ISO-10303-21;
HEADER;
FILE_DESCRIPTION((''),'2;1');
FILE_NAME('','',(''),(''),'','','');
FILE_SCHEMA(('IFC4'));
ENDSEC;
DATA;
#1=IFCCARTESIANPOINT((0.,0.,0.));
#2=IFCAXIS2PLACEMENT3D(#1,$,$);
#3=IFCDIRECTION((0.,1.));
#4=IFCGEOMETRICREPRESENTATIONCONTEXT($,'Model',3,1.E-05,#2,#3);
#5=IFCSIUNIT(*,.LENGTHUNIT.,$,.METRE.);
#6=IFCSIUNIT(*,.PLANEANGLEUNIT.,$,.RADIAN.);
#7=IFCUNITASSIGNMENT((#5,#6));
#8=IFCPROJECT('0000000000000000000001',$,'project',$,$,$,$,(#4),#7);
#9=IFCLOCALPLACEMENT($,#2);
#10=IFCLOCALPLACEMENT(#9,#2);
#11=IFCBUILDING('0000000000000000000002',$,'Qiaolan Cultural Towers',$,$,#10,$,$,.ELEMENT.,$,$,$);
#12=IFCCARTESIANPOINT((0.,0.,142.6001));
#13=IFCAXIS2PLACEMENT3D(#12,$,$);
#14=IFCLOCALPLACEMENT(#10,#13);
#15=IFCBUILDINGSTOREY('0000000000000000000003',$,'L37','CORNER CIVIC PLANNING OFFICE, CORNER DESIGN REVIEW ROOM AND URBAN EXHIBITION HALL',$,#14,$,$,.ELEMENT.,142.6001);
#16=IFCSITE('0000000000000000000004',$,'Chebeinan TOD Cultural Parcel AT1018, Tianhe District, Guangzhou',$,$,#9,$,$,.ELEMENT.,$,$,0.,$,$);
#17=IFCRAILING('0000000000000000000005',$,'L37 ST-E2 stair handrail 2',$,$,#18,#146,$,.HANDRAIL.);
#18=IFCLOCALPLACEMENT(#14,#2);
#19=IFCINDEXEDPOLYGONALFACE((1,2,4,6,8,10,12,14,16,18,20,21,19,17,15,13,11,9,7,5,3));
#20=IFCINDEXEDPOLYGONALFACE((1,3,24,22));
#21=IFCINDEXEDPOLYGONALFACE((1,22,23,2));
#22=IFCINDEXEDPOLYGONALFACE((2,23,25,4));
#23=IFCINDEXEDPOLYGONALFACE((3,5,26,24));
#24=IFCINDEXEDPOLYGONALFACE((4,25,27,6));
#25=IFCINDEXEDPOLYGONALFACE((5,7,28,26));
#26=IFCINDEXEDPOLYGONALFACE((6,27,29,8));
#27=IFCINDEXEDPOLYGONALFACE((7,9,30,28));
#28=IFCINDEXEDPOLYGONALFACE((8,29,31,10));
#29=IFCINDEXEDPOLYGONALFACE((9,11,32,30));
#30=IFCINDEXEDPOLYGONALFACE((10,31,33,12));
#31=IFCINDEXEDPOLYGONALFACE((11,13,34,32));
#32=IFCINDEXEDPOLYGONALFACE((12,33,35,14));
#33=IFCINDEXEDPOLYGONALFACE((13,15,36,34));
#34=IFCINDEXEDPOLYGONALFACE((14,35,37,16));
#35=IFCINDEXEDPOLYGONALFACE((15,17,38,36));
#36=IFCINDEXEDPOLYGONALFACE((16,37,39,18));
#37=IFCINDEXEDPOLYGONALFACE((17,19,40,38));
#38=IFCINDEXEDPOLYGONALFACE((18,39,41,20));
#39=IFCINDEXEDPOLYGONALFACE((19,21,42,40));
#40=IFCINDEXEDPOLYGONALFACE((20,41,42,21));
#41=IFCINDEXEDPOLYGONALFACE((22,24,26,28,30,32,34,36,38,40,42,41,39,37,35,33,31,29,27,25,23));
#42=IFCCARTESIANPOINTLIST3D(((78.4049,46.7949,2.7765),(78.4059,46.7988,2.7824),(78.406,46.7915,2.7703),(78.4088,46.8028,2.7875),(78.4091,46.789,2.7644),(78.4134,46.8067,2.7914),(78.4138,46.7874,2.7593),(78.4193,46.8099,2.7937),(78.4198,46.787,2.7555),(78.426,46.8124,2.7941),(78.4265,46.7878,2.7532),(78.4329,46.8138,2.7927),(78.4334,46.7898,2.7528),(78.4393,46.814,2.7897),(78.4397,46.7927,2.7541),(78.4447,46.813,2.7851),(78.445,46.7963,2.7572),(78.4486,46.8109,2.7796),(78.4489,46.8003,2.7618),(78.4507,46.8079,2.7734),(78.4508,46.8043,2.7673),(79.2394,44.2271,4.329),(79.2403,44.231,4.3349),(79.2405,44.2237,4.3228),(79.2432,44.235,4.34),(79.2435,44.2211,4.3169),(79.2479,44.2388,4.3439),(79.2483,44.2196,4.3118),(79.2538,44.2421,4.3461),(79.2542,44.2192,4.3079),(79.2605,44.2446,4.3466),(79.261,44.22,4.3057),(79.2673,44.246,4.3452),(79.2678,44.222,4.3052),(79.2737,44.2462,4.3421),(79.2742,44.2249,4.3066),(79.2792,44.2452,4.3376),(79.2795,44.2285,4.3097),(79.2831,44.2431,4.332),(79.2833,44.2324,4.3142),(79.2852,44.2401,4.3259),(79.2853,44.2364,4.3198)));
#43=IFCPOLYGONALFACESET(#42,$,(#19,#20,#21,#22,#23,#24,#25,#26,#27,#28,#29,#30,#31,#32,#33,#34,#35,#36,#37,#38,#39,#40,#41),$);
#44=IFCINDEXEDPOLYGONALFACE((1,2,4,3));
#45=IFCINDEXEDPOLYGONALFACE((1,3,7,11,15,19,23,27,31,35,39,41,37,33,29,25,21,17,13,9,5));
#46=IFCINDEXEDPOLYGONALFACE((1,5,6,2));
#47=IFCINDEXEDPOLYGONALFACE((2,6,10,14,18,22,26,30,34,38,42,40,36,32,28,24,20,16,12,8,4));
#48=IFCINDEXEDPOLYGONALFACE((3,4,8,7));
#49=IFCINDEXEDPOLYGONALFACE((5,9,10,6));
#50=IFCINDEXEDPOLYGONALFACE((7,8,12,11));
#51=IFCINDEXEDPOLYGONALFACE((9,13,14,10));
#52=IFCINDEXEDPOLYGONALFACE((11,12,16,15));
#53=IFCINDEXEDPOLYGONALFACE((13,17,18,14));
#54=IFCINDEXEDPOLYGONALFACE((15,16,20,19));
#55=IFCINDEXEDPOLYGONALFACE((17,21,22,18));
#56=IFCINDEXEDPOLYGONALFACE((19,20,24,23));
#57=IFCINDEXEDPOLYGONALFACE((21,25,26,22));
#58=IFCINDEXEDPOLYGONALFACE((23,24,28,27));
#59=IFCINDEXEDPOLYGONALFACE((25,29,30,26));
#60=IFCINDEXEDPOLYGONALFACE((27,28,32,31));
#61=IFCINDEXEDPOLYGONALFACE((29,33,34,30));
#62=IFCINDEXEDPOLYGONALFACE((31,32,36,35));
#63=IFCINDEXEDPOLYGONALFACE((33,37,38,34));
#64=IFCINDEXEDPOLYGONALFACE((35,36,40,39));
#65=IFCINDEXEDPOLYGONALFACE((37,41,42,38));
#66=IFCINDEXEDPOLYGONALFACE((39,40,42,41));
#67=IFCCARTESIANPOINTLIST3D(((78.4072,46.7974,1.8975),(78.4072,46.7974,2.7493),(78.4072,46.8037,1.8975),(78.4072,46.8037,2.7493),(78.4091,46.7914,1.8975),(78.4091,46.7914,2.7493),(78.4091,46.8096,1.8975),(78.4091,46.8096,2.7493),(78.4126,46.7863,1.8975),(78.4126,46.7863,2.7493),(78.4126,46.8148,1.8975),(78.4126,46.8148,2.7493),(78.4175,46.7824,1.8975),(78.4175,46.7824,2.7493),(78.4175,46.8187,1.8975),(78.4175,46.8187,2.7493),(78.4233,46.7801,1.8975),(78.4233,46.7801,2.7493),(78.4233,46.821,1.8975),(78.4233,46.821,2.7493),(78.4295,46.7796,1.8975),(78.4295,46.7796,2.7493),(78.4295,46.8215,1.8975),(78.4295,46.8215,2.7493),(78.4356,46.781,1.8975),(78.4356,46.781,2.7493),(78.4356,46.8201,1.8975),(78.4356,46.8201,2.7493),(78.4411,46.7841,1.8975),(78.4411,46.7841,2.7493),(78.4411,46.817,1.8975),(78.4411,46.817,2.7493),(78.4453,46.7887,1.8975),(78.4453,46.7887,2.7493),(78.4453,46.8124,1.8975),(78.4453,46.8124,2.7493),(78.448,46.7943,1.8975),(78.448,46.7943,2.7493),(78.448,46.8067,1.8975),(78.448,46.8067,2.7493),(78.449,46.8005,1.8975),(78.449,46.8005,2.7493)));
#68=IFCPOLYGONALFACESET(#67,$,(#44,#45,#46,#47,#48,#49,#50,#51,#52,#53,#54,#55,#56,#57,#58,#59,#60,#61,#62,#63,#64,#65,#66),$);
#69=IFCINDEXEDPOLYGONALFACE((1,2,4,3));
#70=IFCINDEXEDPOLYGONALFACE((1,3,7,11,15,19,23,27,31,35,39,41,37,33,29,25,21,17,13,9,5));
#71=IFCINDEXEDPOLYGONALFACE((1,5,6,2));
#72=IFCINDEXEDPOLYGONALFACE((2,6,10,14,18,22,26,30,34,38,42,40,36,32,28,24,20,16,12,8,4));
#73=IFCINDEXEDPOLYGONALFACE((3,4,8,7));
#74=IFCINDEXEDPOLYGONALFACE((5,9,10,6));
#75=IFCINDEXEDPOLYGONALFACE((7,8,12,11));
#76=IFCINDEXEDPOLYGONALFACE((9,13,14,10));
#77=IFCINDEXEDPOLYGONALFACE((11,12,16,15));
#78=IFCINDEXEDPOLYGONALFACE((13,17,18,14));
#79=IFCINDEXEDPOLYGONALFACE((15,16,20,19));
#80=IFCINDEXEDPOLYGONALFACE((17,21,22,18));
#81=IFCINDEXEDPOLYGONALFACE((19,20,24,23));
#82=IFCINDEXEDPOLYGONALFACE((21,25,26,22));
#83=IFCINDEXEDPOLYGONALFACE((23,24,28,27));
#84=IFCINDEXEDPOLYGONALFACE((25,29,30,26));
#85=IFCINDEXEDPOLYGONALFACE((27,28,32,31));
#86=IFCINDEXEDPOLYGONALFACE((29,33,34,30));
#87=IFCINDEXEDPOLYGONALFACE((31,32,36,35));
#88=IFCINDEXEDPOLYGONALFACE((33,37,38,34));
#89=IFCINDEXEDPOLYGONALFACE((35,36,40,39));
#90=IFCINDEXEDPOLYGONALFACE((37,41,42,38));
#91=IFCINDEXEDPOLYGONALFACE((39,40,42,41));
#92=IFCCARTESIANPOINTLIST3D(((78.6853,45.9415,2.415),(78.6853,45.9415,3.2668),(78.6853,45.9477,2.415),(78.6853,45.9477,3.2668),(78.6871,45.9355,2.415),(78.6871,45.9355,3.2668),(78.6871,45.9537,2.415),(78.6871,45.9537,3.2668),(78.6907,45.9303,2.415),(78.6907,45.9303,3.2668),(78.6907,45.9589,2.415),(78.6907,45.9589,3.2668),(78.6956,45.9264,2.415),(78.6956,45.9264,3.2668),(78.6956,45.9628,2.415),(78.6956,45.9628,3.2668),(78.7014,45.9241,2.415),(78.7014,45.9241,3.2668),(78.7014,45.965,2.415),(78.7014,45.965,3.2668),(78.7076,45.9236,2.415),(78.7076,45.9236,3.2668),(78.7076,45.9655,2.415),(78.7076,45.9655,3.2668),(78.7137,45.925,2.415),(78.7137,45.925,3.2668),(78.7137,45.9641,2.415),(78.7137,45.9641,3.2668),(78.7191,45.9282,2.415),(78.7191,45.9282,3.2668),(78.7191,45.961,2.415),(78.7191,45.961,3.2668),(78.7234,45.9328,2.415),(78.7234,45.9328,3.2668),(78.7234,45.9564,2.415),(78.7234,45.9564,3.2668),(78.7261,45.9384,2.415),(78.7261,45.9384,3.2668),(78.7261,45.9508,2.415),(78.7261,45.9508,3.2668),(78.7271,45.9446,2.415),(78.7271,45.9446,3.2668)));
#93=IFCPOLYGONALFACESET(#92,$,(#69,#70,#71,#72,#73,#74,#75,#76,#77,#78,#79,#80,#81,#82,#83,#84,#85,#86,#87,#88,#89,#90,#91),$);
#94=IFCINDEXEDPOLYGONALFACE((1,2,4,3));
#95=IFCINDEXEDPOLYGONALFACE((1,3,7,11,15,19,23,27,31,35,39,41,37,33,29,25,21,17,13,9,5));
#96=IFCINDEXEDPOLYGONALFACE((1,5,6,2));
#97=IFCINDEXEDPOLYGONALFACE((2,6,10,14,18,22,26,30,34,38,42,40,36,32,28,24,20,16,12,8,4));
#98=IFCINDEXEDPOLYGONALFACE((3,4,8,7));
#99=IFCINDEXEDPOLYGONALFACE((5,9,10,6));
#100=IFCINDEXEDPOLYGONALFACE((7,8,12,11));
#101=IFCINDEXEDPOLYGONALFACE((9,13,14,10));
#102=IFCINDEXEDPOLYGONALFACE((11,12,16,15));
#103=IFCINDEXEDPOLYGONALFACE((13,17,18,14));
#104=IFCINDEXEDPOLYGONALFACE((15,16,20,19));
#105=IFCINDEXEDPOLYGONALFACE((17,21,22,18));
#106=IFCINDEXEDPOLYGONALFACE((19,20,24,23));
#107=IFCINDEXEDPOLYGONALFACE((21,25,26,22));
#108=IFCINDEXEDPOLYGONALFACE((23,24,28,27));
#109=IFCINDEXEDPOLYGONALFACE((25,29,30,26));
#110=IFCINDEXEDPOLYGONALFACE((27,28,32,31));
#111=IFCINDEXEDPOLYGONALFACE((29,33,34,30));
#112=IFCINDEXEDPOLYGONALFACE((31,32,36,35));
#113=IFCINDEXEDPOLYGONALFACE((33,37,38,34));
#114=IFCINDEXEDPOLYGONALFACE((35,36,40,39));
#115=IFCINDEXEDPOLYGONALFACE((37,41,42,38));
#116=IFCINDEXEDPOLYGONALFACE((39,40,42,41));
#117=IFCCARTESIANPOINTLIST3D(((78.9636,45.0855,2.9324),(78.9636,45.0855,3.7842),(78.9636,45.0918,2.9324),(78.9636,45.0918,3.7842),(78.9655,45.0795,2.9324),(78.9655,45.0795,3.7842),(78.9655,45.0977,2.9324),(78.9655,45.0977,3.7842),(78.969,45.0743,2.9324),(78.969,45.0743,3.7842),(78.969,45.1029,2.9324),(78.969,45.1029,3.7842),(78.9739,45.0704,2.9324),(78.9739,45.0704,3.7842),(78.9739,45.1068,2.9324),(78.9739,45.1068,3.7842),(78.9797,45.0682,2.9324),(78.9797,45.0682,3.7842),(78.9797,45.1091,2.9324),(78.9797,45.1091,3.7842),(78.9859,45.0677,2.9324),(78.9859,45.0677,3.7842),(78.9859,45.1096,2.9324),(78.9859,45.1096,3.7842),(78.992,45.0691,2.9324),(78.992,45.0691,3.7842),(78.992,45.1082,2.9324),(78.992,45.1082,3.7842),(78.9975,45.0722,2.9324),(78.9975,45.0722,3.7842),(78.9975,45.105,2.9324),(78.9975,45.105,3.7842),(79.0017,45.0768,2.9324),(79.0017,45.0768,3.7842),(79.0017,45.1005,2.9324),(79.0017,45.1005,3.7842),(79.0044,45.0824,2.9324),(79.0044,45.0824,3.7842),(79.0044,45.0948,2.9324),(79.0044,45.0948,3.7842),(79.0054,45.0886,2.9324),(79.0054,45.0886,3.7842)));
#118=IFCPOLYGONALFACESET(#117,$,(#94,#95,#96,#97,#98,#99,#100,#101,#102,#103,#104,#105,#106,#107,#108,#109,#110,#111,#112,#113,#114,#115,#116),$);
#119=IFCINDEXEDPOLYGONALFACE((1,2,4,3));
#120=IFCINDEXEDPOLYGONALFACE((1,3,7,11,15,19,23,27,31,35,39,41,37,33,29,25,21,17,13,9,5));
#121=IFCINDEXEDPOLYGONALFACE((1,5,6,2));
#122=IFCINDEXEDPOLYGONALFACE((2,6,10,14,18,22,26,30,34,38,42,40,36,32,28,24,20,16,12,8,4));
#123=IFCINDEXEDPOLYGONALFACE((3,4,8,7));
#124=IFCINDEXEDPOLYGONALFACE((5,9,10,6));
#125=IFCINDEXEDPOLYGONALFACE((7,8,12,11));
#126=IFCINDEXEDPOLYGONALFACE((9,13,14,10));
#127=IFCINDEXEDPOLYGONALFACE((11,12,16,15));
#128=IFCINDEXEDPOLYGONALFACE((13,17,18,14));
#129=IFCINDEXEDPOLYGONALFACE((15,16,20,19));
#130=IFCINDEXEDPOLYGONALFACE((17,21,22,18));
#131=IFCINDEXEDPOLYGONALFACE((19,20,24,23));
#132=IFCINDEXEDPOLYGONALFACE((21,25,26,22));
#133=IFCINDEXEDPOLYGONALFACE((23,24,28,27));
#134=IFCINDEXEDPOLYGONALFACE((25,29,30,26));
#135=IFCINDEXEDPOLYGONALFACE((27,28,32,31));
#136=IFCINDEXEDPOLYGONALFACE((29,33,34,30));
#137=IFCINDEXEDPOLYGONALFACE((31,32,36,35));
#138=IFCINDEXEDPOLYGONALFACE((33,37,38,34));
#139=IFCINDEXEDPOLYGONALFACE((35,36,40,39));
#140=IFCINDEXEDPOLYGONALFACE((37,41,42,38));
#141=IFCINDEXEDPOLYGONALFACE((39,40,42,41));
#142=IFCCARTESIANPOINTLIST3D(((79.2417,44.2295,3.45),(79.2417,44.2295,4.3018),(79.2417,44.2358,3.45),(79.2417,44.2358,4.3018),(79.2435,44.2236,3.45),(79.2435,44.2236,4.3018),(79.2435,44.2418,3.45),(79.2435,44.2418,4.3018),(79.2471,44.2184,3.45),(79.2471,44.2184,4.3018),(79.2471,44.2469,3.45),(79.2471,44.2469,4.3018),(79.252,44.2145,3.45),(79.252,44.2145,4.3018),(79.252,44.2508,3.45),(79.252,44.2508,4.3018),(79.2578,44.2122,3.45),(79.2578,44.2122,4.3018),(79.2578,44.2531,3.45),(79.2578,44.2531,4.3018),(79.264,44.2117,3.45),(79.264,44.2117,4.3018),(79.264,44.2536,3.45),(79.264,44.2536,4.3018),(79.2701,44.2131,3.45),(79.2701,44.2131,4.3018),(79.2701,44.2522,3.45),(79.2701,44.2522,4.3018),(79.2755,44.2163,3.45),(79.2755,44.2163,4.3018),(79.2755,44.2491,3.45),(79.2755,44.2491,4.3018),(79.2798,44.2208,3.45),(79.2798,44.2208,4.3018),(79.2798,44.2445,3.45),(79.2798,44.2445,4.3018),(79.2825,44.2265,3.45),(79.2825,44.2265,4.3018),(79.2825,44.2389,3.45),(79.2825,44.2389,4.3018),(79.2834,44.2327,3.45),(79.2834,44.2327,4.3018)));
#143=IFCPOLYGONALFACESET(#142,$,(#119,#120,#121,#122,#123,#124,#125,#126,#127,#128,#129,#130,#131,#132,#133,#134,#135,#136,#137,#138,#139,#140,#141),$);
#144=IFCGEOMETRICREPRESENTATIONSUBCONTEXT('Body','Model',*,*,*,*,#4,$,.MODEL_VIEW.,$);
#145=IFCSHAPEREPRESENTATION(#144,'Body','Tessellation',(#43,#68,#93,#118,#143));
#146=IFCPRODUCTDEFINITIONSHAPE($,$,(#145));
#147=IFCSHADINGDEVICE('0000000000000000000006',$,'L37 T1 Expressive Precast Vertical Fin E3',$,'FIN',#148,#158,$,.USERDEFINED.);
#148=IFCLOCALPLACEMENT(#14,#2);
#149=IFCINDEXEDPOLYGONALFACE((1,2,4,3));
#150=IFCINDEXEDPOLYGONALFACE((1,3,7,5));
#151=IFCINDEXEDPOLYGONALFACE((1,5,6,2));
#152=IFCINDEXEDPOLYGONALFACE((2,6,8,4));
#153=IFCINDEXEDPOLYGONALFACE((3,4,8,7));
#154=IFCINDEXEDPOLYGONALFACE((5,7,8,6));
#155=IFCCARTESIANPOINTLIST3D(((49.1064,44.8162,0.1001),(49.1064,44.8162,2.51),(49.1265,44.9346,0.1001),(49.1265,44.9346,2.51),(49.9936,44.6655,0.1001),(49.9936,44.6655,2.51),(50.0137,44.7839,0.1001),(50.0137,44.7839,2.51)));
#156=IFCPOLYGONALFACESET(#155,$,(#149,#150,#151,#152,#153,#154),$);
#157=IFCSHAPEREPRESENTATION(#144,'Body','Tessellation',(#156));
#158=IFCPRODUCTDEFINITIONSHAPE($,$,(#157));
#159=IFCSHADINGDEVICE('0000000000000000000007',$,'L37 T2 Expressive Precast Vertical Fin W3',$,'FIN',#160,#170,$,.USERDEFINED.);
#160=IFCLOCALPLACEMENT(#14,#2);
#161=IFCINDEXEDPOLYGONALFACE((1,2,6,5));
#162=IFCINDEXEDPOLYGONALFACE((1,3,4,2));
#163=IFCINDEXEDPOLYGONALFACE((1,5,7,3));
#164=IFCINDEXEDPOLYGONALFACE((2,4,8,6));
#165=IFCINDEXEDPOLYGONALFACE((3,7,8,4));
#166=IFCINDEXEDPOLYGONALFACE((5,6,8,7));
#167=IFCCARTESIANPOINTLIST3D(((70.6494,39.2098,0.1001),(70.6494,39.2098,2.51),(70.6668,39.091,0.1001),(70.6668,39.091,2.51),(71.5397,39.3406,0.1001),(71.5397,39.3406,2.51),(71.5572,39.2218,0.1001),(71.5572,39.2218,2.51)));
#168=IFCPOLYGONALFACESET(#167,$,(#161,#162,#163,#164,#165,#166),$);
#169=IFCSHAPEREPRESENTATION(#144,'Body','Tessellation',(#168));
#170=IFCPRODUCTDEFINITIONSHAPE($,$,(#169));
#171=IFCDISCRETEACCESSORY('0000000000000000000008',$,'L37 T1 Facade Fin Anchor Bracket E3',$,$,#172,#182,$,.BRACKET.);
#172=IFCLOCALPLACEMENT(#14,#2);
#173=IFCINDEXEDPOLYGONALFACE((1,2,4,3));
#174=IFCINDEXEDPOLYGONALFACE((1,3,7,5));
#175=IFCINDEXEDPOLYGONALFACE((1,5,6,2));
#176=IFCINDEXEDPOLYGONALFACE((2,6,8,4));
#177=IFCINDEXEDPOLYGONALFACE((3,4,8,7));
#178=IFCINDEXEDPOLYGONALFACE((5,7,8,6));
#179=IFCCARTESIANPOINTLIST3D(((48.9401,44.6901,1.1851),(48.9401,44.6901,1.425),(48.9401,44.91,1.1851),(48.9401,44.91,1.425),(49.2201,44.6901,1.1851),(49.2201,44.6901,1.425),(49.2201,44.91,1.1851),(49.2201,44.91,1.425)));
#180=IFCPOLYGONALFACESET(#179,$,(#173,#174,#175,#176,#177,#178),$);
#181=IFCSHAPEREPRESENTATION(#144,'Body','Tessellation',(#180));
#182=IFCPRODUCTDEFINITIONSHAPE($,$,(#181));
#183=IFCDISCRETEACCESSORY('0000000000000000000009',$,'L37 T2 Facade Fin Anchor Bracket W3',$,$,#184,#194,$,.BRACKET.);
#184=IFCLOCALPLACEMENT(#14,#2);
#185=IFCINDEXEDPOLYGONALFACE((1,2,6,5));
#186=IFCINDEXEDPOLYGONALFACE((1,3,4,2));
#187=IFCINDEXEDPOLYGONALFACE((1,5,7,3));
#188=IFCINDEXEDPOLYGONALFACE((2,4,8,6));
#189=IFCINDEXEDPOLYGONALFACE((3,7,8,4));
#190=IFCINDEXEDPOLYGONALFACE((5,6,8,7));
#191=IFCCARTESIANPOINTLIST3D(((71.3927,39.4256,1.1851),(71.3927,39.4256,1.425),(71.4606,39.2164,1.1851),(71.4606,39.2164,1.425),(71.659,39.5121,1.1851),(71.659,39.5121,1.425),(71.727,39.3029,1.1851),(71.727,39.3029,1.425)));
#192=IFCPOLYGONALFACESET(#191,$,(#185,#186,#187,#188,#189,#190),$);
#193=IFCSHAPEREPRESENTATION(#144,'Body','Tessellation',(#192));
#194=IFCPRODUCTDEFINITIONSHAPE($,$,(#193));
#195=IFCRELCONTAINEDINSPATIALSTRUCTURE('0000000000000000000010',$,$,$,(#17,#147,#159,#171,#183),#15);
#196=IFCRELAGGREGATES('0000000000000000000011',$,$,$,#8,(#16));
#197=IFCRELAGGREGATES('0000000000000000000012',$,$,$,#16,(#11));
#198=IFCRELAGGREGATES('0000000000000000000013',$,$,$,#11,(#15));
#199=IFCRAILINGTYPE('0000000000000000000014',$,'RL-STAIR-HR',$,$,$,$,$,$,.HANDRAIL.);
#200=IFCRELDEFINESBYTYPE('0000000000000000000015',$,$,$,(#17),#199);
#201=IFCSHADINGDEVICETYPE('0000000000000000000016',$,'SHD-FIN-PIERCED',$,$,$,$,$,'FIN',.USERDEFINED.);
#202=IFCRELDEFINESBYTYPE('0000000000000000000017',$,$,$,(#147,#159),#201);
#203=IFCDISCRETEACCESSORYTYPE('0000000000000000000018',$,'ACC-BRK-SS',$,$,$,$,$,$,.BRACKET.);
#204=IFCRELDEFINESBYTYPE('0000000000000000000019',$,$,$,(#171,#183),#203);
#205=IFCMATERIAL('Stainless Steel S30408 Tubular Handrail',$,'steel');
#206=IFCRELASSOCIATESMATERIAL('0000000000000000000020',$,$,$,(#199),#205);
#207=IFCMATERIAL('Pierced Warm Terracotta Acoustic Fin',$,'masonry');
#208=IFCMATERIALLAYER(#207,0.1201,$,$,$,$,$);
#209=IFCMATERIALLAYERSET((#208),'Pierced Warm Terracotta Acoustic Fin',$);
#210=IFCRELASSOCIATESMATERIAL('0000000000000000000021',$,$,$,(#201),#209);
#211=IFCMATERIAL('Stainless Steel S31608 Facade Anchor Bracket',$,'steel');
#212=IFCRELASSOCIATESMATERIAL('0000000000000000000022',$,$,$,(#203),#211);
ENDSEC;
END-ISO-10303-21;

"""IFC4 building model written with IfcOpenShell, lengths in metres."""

from ifc_helpers import new_model, si_unit, direction, frame, origin, origin_2d, place, context, subcontext, project, spatial, rectangle, circle, extrude, material, layer, layer_set, type_object, element, save


model = new_model("IFC4")

# Units and contexts
model_context = context("Model", 3, precision=1e-05, world=origin(), true_north=direction((0.0, 1.0)))
body_context = subcontext(model_context, "Body", "Model", "MODEL_VIEW")
ifc_project = project(units=[si_unit("LENGTHUNIT", "METRE"), si_unit("PLANEANGLEUNIT", "RADIAN")], contexts=[model_context])

# Site, building, storey
site_placement = place(None, origin())
site = spatial("IfcSite", under=ifc_project, at=site_placement, Name="Chebeinan TOD Cultural Parcel AT1018, Tianhe District, Guangzhou", CompositionType="ELEMENT", RefElevation=0.0)
building_placement = place(site_placement, origin())
building = spatial("IfcBuilding", under=site, at=building_placement, Name="Qiaolan Cultural Towers", CompositionType="ELEMENT")
storey_placement = place(building_placement, frame((0.0, 0.0, 142.6001)))
storey = spatial("IfcBuildingStorey", under=building, at=storey_placement, Name="L37", Description="CORNER CIVIC PLANNING OFFICE, CORNER DESIGN REVIEW ROOM AND URBAN EXHIBITION HALL", CompositionType="ELEMENT", Elevation=142.6001)

# Railing
ifc_material_1 = material(Name="Stainless Steel S30408 Tubular Handrail", Category="steel")
railing_type_1 = type_object("IfcRailingType", Name="RL-STAIR-HR", PredefinedType="HANDRAIL", material=ifc_material_1)
railing_1_placement = place(storey_placement, frame((78.428, 46.8005, 1.8975)))
element("IfcRailing", 1, at=railing_1_placement, inside=storey, type_object=railing_type_1, Name="L37 ST-E2 stair handrail 2", PredefinedType="HANDRAIL", context=body_context, shape_type="SweptSolid", body=[
    extrude(circle(Radius=0.0239, at=origin_2d()), frame((0.0, 0.0, 0.876), z_axis=(0.267926, -0.824471, 0.498461), x_axis=(0.951043, 0.309057, 0.0)), (0.0, 0.0, 1.0), 3.1145),
    extrude(circle(Radius=0.021, at=origin_2d()), origin(), (0.0, 0.0, 1.0), 0.8518),
    extrude(circle(Radius=0.021, at=origin_2d()), frame((0.2781, -0.856, 0.5176)), (0.0, 0.0, 1.0), 0.8518),
    extrude(circle(Radius=0.021, at=origin_2d()), frame((0.5564, -1.7119, 1.0349)), (0.0, 0.0, 1.0), 0.8518),
    extrude(circle(Radius=0.021, at=origin_2d()), frame((0.8345, -2.5679, 1.5525)), (0.0, 0.0, 1.0), 0.8518),
])

# Shading devices
ifc_material_2 = material(Name="Pierced Warm Terracotta Acoustic Fin", Category="masonry")
ifc_layer_1 = layer(ifc_material_2, 0.1201)
ifc_layer_set_1 = layer_set([ifc_layer_1], Name="Pierced Warm Terracotta Acoustic Fin")
shading_device_type = type_object("IfcShadingDeviceType", Name="SHD-FIN-PIERCED", ElementType="FIN", PredefinedType="USERDEFINED", material=ifc_layer_set_1)
for number, where, z_axis, x_axis, name in (
    (2, (49.5601, 44.8, 0.1001), (0.0, 0.0, 1.0), (0.985874, -0.167488, 0.0), "L37 T1 Expressive Precast Vertical Fin E3"),
    (3, (71.1033, 39.2158, 0.1001), (0.0, 0.0, 1.0), (0.989379, 0.145361, 0.0), "L37 T2 Expressive Precast Vertical Fin W3"),
):
    element("IfcShadingDevice", number, at=place(storey_placement, frame(where, z_axis=z_axis, x_axis=x_axis)), inside=storey, type_object=shading_device_type, Name=name, ObjectType="FIN", PredefinedType="USERDEFINED", context=body_context, shape_type="SweptSolid", body=[
        extrude(rectangle(XDim=0.8999, YDim=0.1201, at=origin_2d()), origin(), (0.0, 0.0, 1.0), 2.4099),
    ])

# Discrete accessories
ifc_material_3 = material(Name="Stainless Steel S31608 Facade Anchor Bracket", Category="steel")
discrete_accessory_type = type_object("IfcDiscreteAccessoryType", Name="ACC-BRK-SS", PredefinedType="BRACKET", material=ifc_material_3)
for number, where, z_axis, x_axis, name in (
    (4, (49.0801, 44.8, 1.1851), (0.0, 0.0, 1.0), (1.0, 0.0, 0.0), "L37 T1 Facade Fin Anchor Bracket E3"),
    (5, (71.5598, 39.3643, 1.1851), (0.0, 0.0, 1.0), (0.951057, 0.309017, 0.0), "L37 T2 Facade Fin Anchor Bracket W3"),
):
    element("IfcDiscreteAccessory", number, at=place(storey_placement, frame(where, z_axis=z_axis, x_axis=x_axis)), inside=storey, type_object=discrete_accessory_type, Name=name, PredefinedType="BRACKET", context=body_context, shape_type="SweptSolid", body=[
        extrude(rectangle(XDim=0.28, YDim=0.22, at=origin_2d()), origin(), (0.0, 0.0, 1.0), 0.24),
    ])

save(model, "model.ifc")
